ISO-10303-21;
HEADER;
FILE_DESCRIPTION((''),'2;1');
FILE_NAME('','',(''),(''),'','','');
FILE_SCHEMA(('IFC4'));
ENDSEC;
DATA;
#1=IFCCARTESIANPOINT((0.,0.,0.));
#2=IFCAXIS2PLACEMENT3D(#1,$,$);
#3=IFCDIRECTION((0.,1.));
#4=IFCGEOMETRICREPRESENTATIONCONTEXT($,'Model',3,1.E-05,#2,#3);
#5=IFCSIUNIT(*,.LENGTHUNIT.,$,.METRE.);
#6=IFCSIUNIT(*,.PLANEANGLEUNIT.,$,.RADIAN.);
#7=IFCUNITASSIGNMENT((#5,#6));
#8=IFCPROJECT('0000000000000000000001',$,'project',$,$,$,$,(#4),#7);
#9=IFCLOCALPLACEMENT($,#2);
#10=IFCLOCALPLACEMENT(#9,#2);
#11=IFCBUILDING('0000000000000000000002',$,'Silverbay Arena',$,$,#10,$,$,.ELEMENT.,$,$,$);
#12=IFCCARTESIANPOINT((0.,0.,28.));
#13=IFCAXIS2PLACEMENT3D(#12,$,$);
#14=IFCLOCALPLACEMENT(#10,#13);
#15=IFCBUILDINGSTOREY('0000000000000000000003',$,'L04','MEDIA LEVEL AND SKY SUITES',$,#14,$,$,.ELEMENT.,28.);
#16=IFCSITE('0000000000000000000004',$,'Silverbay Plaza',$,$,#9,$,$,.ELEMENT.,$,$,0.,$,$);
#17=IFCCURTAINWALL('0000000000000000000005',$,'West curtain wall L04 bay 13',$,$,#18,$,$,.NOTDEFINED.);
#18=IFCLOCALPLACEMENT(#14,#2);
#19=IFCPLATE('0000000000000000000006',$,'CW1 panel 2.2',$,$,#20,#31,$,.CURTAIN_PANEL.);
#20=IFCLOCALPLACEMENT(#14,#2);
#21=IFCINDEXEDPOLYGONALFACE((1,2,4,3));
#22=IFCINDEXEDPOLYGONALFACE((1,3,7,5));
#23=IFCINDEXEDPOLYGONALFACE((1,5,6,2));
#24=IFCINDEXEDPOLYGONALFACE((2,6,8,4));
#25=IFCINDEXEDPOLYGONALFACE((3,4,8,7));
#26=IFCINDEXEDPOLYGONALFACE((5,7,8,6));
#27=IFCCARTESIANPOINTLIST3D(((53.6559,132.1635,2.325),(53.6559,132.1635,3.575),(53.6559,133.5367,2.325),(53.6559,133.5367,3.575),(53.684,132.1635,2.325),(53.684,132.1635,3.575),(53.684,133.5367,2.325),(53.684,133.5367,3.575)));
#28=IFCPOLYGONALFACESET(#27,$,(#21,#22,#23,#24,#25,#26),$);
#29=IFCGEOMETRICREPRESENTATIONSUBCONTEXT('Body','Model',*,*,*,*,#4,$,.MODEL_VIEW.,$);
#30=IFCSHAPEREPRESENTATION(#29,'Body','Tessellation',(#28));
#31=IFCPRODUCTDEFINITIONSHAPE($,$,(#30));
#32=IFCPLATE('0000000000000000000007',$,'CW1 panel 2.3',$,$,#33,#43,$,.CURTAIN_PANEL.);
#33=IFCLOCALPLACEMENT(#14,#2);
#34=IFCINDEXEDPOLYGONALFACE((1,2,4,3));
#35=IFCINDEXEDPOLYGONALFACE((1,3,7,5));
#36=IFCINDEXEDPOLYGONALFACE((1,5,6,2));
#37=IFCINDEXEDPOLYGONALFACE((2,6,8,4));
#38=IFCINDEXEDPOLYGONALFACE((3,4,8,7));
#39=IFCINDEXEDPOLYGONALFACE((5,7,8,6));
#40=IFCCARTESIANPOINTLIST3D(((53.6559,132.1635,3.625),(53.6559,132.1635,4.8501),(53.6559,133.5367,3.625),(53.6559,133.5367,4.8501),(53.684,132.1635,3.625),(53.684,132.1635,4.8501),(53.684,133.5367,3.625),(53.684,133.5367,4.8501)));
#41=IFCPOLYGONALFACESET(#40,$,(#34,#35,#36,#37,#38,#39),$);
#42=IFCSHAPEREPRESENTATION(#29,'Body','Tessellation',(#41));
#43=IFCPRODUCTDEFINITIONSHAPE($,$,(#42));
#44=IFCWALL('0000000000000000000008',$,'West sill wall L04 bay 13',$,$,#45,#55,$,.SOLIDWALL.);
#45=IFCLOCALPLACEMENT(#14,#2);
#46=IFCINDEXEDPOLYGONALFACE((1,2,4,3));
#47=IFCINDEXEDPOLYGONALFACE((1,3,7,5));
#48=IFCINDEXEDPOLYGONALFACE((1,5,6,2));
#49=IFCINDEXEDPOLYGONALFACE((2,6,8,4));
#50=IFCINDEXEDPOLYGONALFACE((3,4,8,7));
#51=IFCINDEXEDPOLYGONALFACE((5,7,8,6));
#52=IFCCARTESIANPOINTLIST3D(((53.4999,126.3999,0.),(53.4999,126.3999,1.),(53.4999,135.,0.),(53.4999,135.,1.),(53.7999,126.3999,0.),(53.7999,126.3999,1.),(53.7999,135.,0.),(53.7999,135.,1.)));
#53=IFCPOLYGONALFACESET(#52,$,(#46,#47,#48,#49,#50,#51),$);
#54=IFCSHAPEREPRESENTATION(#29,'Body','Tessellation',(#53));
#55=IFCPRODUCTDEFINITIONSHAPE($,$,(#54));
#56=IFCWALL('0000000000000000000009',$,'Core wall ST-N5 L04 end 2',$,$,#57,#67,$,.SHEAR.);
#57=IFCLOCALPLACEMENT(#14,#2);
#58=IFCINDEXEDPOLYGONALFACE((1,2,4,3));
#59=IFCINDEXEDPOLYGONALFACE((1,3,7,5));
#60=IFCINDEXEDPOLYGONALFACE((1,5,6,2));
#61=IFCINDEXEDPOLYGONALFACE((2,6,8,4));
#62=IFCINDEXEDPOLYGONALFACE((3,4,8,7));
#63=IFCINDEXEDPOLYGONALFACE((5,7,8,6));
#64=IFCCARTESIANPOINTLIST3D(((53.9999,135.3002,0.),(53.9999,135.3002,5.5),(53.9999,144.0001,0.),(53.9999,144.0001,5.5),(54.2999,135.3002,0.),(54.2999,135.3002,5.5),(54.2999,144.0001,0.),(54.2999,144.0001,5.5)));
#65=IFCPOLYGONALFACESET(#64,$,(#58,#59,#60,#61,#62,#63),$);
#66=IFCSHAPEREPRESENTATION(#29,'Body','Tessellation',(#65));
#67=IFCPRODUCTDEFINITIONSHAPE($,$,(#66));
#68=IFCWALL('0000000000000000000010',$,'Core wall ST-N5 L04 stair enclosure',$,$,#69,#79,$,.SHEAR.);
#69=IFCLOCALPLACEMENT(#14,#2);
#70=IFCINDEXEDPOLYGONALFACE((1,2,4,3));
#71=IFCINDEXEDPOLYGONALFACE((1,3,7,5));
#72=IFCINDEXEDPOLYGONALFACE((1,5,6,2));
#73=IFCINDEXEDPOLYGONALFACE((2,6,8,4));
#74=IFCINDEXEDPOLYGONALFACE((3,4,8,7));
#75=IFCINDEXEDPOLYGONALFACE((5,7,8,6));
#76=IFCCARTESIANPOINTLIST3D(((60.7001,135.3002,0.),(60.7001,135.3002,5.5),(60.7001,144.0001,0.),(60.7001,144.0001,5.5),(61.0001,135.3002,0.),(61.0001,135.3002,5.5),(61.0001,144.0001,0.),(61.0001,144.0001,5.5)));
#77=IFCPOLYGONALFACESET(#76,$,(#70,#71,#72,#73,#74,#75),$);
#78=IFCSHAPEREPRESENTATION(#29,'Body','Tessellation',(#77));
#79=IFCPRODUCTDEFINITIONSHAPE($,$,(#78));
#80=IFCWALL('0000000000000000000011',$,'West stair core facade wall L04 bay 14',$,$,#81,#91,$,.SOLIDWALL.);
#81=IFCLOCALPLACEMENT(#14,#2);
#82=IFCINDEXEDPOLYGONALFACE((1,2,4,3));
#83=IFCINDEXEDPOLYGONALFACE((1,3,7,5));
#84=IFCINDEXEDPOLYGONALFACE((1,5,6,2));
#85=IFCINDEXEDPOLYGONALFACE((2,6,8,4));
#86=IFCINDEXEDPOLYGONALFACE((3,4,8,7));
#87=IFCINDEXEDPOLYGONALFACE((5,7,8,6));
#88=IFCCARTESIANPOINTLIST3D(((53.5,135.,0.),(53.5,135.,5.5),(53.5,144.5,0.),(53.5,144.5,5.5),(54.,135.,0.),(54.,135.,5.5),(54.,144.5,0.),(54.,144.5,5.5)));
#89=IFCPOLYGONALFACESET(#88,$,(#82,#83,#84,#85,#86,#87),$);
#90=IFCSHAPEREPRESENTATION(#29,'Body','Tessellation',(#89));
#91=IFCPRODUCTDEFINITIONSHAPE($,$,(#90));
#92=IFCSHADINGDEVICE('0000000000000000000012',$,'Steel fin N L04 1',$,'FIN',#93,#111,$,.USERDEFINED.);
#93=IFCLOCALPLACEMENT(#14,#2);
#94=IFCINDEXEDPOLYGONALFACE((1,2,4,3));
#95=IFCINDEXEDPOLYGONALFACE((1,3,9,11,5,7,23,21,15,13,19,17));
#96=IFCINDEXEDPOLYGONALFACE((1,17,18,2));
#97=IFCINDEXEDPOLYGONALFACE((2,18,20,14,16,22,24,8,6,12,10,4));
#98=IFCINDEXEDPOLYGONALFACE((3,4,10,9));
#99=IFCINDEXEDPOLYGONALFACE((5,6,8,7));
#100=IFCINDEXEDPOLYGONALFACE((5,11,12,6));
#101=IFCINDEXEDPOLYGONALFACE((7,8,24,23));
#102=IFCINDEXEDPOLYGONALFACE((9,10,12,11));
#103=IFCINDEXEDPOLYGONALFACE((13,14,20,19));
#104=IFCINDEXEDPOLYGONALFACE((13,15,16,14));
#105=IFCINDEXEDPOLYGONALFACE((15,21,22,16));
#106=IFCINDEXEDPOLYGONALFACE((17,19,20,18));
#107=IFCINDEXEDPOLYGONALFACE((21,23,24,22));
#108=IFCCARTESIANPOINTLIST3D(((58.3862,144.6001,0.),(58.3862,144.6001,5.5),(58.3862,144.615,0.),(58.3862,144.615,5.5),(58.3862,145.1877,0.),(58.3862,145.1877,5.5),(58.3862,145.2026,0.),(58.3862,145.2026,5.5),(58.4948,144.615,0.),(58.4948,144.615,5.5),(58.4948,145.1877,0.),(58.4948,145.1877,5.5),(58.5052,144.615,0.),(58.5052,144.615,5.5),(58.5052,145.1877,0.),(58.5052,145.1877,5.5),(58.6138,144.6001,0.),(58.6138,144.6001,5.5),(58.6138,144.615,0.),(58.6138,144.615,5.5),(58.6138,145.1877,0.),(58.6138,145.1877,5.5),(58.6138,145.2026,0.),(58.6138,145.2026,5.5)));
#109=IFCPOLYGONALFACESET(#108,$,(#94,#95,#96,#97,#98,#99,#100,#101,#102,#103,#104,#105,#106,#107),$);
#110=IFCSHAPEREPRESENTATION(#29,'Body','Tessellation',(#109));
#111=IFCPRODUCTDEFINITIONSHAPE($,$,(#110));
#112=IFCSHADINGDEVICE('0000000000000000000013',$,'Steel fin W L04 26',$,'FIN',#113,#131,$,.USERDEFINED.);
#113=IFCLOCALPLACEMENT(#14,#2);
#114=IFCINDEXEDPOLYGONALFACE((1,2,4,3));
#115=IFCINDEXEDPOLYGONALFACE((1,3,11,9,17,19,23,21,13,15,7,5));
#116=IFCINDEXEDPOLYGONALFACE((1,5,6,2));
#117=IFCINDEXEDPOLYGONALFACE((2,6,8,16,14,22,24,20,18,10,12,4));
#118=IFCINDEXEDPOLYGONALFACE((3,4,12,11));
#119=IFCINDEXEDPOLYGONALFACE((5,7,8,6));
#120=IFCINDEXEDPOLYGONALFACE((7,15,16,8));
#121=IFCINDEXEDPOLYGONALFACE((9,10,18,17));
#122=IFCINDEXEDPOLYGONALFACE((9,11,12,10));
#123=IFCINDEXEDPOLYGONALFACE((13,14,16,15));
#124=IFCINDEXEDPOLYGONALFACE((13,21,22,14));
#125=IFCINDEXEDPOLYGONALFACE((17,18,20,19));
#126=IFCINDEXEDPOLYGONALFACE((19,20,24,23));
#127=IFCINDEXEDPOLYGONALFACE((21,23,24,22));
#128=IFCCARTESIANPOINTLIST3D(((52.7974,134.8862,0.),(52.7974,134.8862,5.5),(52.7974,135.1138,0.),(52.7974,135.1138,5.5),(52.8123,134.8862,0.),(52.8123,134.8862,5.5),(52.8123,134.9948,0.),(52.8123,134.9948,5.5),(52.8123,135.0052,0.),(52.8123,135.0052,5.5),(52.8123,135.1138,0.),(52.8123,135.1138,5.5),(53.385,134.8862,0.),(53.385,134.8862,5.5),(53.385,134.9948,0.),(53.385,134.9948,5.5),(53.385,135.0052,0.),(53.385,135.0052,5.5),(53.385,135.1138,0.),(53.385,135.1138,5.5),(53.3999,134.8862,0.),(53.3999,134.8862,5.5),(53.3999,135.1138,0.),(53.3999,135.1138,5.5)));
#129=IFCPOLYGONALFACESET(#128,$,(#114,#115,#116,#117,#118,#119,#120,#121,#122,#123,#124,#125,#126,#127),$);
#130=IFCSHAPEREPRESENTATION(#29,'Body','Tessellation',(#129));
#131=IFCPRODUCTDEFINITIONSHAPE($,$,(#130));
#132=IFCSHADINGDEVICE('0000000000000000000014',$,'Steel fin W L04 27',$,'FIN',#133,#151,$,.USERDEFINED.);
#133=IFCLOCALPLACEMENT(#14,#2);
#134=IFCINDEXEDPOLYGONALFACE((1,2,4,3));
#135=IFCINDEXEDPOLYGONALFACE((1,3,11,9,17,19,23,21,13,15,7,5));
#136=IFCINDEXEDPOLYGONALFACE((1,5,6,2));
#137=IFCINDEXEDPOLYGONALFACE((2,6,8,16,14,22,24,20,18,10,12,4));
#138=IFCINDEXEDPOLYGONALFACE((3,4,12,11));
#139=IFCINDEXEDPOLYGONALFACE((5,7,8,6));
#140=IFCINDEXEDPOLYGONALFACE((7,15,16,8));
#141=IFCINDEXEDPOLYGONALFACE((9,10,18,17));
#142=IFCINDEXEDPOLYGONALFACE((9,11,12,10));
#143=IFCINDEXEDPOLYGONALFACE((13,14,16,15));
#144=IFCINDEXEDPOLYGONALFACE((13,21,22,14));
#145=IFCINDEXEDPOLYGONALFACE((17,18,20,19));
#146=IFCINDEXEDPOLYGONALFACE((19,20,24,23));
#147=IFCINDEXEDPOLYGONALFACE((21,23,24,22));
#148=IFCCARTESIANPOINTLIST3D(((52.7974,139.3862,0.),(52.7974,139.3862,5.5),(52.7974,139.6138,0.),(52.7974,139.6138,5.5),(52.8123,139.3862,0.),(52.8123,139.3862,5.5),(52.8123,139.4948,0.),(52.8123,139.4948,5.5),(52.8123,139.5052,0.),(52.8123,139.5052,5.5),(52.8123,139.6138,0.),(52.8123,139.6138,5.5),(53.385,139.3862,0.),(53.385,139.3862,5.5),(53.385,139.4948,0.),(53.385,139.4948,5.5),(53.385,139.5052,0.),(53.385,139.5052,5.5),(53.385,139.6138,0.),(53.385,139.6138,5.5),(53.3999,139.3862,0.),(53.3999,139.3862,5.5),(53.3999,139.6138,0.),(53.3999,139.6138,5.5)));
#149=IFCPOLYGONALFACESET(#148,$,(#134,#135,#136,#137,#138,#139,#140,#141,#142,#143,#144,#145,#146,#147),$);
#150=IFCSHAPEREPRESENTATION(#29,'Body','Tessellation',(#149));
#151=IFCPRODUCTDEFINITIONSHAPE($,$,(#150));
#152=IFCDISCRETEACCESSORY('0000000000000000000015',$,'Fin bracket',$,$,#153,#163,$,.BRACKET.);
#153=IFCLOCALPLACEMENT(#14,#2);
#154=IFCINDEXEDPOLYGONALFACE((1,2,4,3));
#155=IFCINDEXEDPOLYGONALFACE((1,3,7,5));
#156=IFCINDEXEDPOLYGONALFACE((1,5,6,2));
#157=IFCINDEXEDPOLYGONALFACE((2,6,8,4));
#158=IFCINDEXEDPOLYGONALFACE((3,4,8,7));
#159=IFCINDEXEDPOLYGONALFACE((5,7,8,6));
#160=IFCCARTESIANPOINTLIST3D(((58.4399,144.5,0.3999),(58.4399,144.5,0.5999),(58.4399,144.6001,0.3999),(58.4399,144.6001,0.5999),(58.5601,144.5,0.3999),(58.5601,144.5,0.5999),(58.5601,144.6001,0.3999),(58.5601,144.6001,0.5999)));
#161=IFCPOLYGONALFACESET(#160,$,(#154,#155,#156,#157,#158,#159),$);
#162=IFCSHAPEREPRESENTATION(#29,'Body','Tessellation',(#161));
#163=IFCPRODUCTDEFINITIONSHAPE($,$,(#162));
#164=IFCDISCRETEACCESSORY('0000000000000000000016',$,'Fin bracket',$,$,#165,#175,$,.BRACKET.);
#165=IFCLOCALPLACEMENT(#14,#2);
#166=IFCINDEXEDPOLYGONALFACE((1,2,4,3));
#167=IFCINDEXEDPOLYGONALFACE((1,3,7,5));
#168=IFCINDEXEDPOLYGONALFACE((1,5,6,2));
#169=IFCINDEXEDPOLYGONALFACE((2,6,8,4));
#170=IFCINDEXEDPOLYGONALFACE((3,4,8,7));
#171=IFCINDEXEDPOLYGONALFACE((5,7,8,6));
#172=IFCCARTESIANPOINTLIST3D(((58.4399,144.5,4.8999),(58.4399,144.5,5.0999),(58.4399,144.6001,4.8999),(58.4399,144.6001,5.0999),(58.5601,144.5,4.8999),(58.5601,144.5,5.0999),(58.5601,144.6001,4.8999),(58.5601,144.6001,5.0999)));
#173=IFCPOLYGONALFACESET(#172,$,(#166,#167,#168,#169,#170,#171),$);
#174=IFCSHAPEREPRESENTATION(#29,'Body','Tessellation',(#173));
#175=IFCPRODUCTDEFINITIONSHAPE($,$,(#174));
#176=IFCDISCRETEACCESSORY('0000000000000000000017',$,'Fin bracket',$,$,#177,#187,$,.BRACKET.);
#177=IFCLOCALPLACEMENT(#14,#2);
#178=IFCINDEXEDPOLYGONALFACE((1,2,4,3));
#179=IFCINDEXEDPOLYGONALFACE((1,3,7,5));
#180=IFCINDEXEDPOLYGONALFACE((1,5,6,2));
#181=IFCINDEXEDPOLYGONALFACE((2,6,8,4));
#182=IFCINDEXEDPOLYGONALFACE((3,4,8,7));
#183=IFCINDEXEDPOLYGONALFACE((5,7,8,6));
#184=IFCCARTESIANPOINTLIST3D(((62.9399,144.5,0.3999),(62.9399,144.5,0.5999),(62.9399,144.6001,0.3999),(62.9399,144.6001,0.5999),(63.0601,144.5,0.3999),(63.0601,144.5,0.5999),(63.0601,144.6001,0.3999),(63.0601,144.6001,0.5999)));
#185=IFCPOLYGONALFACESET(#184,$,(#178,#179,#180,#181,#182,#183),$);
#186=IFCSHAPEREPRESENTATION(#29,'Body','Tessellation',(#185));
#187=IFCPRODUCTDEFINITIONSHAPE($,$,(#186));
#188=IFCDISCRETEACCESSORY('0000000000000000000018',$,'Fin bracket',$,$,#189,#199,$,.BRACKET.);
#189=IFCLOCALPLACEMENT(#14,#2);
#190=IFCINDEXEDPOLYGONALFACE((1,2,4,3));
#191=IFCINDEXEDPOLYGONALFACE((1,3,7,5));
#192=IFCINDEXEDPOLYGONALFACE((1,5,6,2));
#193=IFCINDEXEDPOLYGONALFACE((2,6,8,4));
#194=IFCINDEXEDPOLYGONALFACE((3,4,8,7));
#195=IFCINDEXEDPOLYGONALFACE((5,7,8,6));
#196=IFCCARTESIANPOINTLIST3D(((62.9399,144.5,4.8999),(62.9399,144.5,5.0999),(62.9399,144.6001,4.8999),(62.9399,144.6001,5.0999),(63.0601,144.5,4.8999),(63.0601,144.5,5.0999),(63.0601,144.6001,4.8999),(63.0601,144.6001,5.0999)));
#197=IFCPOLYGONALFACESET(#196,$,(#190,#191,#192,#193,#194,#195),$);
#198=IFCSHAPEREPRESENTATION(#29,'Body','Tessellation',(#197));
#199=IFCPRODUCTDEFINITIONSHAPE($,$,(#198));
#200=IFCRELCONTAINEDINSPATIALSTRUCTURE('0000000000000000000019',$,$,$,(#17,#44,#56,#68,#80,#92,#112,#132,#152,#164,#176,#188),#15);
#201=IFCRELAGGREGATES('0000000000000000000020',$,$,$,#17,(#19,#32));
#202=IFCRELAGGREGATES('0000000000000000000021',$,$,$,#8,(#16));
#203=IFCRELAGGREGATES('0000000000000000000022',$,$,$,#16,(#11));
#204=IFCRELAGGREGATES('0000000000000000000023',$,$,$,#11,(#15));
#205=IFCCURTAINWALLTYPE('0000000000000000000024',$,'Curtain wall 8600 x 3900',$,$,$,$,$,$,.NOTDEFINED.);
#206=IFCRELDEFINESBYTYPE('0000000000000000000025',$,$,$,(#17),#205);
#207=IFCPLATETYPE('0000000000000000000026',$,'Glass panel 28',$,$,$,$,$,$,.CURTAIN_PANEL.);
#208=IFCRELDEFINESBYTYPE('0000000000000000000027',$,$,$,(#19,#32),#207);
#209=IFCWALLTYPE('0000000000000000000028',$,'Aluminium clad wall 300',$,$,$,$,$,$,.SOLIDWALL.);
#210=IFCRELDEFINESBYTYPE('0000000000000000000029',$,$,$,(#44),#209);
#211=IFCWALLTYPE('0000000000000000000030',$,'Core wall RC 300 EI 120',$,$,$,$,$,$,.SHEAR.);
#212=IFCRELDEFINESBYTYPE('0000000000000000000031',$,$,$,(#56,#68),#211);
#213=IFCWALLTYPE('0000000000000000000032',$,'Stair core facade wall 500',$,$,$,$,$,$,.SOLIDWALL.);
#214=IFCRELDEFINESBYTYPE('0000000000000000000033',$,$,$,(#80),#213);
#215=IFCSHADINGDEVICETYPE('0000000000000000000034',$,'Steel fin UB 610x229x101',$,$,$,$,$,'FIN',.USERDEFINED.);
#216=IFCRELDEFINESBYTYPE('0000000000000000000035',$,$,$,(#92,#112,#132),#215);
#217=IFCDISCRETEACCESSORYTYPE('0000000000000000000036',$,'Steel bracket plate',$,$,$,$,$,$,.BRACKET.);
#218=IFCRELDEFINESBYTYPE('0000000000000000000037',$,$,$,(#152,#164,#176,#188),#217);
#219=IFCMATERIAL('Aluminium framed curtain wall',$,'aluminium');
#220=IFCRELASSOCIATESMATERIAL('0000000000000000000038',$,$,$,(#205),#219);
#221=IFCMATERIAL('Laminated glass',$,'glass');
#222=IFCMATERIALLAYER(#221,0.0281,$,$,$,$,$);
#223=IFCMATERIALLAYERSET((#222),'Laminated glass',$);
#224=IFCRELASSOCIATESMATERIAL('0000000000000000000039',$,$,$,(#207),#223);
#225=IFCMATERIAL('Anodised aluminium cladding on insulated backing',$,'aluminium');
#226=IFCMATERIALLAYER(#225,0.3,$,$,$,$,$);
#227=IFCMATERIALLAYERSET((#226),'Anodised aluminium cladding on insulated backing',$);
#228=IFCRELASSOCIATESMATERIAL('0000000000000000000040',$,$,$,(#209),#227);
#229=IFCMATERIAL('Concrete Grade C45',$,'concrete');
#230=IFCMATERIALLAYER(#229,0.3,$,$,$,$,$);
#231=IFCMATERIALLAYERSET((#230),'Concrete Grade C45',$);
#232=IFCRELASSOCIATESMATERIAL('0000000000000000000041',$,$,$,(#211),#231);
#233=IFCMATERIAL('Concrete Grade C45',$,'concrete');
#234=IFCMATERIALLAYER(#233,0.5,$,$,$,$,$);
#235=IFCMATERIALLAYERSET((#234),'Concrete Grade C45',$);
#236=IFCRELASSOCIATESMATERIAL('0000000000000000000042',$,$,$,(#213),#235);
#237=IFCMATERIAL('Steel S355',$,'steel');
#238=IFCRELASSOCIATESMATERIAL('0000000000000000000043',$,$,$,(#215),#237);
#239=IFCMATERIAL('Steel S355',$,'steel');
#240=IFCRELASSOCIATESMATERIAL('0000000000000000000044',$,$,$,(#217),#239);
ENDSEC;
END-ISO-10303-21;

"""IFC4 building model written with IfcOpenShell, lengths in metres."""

from ifc_helpers import new_model, si_unit, direction, frame, frame_2d, origin, origin_2d, place, context, subcontext, project, spatial, rectangle, i_section, extrude, material, layer, layer_set, material_profile, profile_set, type_object, element, aggregate, save


model = new_model("IFC4")

# Units and contexts
model_context = context("Model", 3, precision=1e-05, world=origin(), true_north=direction((0.0, 1.0)))
body_context = subcontext(model_context, "Body", "Model", "MODEL_VIEW")
ifc_project = project(units=[si_unit("LENGTHUNIT", "METRE"), si_unit("PLANEANGLEUNIT", "RADIAN")], contexts=[model_context])

# Site, building, storey
site_placement = place(None, origin())
site = spatial("IfcSite", under=ifc_project, at=site_placement, Name="Silverbay Plaza", CompositionType="ELEMENT", RefElevation=0.0)
building_placement = place(site_placement, origin())
building = spatial("IfcBuilding", under=site, at=building_placement, Name="Silverbay Arena", CompositionType="ELEMENT")
storey_placement = place(building_placement, frame((0.0, 0.0, 28.0)))
storey = spatial("IfcBuildingStorey", under=building, at=storey_placement, Name="L04", Description="MEDIA LEVEL AND SKY SUITES", CompositionType="ELEMENT", Elevation=28.0)

# Curtain wall, plates
ifc_material_1 = material(Name="Aluminium framed curtain wall", Category="aluminium")
curtain_wall_type = type_object("IfcCurtainWallType", Name="Curtain wall 8600 x 3900", PredefinedType="NOTDEFINED", material=ifc_material_1)
curtain_wall_placement = place(storey_placement, origin())
curtain_wall = element("IfcCurtainWall", 1, at=curtain_wall_placement, inside=storey, type_object=curtain_wall_type, Name="West curtain wall L04 bay 13", PredefinedType="NOTDEFINED")
ifc_material_2 = material(Name="Laminated glass", Category="glass")
ifc_layer_1 = layer(ifc_material_2, 0.0281)
ifc_layer_set_1 = layer_set([ifc_layer_1], Name="Laminated glass")
plate_type = type_object("IfcPlateType", Name="Glass panel 28", PredefinedType="CURTAIN_PANEL", material=ifc_layer_set_1)
plate_1_placement = place(storey_placement, frame((53.6699, 132.8501, 2.325), z_axis=(0.0, 0.0, 1.0), x_axis=(0.0, -1.0, 0.0)))
plate_1 = element("IfcPlate", 2, at=plate_1_placement, type_object=plate_type, Name="CW1 panel 2.2", PredefinedType="CURTAIN_PANEL", context=body_context, shape_type="SweptSolid", body=[
    extrude(rectangle(XDim=1.3733, YDim=0.0281, at=origin_2d()), origin(), (0.0, 0.0, 1.0), 1.25),
])
plate_2_placement = place(storey_placement, frame((53.6699, 132.8501, 3.625), z_axis=(0.0, 0.0, 1.0), x_axis=(0.0, -1.0, 0.0)))
plate_2 = element("IfcPlate", 3, at=plate_2_placement, type_object=plate_type, Name="CW1 panel 2.3", PredefinedType="CURTAIN_PANEL", context=body_context, shape_type="SweptSolid", body=[
    extrude(rectangle(XDim=1.3733, YDim=0.0281, at=origin_2d()), origin(), (0.0, 0.0, 1.0), 1.2251),
])
aggregate(curtain_wall, [plate_1, plate_2])

# Walls
ifc_material_3 = material(Name="Anodised aluminium cladding on insulated backing", Category="aluminium")
ifc_layer_2 = layer(ifc_material_3, 0.3)
ifc_layer_set_2 = layer_set([ifc_layer_2], Name="Anodised aluminium cladding on insulated backing")
wall_type_1 = type_object("IfcWallType", Name="Aluminium clad wall 300", PredefinedType="SOLIDWALL", material=ifc_layer_set_2)
wall_1_placement = place(storey_placement, frame((53.6499, 135.0, 0.0), z_axis=(0.0, 0.0, 1.0), x_axis=(0.0, -1.0, 0.0)))
element("IfcWall", 4, at=wall_1_placement, inside=storey, type_object=wall_type_1, Name="West sill wall L04 bay 13", PredefinedType="SOLIDWALL", context=body_context, shape_type="SweptSolid", body=[
    extrude(rectangle(XDim=8.6001, YDim=0.3, at=frame_2d((4.3, 0.0))), origin(), (0.0, 0.0, 1.0), 1.0),
])
ifc_material_4 = material(Name="Concrete Grade C45", Category="concrete")
ifc_layer_3 = layer(ifc_material_4, 0.3)
ifc_layer_set_3 = layer_set([ifc_layer_3], Name="Concrete Grade C45")
wall_type_2 = type_object("IfcWallType", Name="Core wall RC 300 EI 120", PredefinedType="SHEAR", material=ifc_layer_set_3)
for number, where, z_axis, x_axis, name in (
    (5, (54.1499, 135.3, 0.0), (0.0, 0.0, 1.0), (0.0, 1.0, 0.0), "Core wall ST-N5 L04 end 2"),
    (6, (60.8501, 135.3, 0.0), (0.0, 0.0, 1.0), (0.0, 1.0, 0.0), "Core wall ST-N5 L04 stair enclosure"),
):
    element("IfcWall", number, at=place(storey_placement, frame(where, z_axis=z_axis, x_axis=x_axis)), inside=storey, type_object=wall_type_2, Name=name, PredefinedType="SHEAR", context=body_context, shape_type="SweptSolid", body=[
        extrude(rectangle(XDim=8.7, YDim=0.3, at=frame_2d((4.3501, 0.0))), origin(), (0.0, 0.0, 1.0), 5.5),
    ])
ifc_material_5 = material(Name="Concrete Grade C45", Category="concrete")
ifc_layer_4 = layer(ifc_material_5, 0.5)
ifc_layer_set_4 = layer_set([ifc_layer_4], Name="Concrete Grade C45")
wall_type_3 = type_object("IfcWallType", Name="Stair core facade wall 500", PredefinedType="SOLIDWALL", material=ifc_layer_set_4)
wall_2_placement = place(storey_placement, frame((53.75, 144.5, 0.0), z_axis=(0.0, 0.0, 1.0), x_axis=(0.0, -1.0, 0.0)))
element("IfcWall", 7, at=wall_2_placement, inside=storey, type_object=wall_type_3, Name="West stair core facade wall L04 bay 14", PredefinedType="SOLIDWALL", context=body_context, shape_type="SweptSolid", body=[
    extrude(rectangle(XDim=9.5, YDim=0.5, at=frame_2d((4.75, 0.0))), origin(), (0.0, 0.0, 1.0), 5.5),
])

# Shading devices
ifc_material_6 = material(Name="Steel S355", Category="steel")
ifc_material_profile_1 = material_profile(ifc_material_6, i_section(OverallWidth=0.2275, OverallDepth=0.6025, WebThickness=0.0105, FlangeThickness=0.0149, at=origin_2d()), Name="UB 610x229x101")
ifc_profile_set_1 = profile_set([ifc_material_profile_1], Name="Steel S355")
shading_device_type = type_object("IfcShadingDeviceType", Name="Steel fin UB 610x229x101", ElementType="FIN", PredefinedType="USERDEFINED", material=ifc_profile_set_1)
for number, where, z_axis, x_axis, name in (
    (8, (58.5, 144.9014, 0.0), (0.0, 0.0, 1.0), (1.0, 0.0, 0.0), "Steel fin N L04 1"),
    (9, (53.0986, 135.0, 0.0), (0.0, 0.0, 1.0), (0.0, 1.0, 0.0), "Steel fin W L04 26"),
    (10, (53.0986, 139.5, 0.0), (0.0, 0.0, 1.0), (0.0, 1.0, 0.0), "Steel fin W L04 27"),
):
    element("IfcShadingDevice", number, at=place(storey_placement, frame(where, z_axis=z_axis, x_axis=x_axis)), inside=storey, type_object=shading_device_type, Name=name, ObjectType="FIN", PredefinedType="USERDEFINED", context=body_context, shape_type="SweptSolid", body=[
        extrude(i_section(OverallWidth=0.2275, OverallDepth=0.6025, WebThickness=0.0105, FlangeThickness=0.0149, at=origin_2d()), origin(), (0.0, 0.0, 1.0), 5.5),
    ])

# Discrete accessories
ifc_material_7 = material(Name="Steel S355", Category="steel")
discrete_accessory_type = type_object("IfcDiscreteAccessoryType", Name="Steel bracket plate", PredefinedType="BRACKET", material=ifc_material_7)
for number, where, z_axis, x_axis, name in (
    (11, (58.5, 144.55, 0.3999), (0.0, 0.0, 1.0), (1.0, 0.0, 0.0), "Fin bracket"),
    (12, (58.5, 144.55, 4.8999), (0.0, 0.0, 1.0), (1.0, 0.0, 0.0), "Fin bracket"),
    (13, (63.0, 144.55, 0.3999), (0.0, 0.0, 1.0), (1.0, 0.0, 0.0), "Fin bracket"),
    (14, (63.0, 144.55, 4.8999), (0.0, 0.0, 1.0), (1.0, 0.0, 0.0), "Fin bracket"),
):
    element("IfcDiscreteAccessory", number, at=place(storey_placement, frame(where, z_axis=z_axis, x_axis=x_axis)), inside=storey, type_object=discrete_accessory_type, Name=name, PredefinedType="BRACKET", context=body_context, shape_type="SweptSolid", body=[
        extrude(rectangle(XDim=0.1201, YDim=0.1001, at=origin_2d()), origin(), (0.0, 0.0, 1.0), 0.2),
    ])

save(model, "model.ifc")
